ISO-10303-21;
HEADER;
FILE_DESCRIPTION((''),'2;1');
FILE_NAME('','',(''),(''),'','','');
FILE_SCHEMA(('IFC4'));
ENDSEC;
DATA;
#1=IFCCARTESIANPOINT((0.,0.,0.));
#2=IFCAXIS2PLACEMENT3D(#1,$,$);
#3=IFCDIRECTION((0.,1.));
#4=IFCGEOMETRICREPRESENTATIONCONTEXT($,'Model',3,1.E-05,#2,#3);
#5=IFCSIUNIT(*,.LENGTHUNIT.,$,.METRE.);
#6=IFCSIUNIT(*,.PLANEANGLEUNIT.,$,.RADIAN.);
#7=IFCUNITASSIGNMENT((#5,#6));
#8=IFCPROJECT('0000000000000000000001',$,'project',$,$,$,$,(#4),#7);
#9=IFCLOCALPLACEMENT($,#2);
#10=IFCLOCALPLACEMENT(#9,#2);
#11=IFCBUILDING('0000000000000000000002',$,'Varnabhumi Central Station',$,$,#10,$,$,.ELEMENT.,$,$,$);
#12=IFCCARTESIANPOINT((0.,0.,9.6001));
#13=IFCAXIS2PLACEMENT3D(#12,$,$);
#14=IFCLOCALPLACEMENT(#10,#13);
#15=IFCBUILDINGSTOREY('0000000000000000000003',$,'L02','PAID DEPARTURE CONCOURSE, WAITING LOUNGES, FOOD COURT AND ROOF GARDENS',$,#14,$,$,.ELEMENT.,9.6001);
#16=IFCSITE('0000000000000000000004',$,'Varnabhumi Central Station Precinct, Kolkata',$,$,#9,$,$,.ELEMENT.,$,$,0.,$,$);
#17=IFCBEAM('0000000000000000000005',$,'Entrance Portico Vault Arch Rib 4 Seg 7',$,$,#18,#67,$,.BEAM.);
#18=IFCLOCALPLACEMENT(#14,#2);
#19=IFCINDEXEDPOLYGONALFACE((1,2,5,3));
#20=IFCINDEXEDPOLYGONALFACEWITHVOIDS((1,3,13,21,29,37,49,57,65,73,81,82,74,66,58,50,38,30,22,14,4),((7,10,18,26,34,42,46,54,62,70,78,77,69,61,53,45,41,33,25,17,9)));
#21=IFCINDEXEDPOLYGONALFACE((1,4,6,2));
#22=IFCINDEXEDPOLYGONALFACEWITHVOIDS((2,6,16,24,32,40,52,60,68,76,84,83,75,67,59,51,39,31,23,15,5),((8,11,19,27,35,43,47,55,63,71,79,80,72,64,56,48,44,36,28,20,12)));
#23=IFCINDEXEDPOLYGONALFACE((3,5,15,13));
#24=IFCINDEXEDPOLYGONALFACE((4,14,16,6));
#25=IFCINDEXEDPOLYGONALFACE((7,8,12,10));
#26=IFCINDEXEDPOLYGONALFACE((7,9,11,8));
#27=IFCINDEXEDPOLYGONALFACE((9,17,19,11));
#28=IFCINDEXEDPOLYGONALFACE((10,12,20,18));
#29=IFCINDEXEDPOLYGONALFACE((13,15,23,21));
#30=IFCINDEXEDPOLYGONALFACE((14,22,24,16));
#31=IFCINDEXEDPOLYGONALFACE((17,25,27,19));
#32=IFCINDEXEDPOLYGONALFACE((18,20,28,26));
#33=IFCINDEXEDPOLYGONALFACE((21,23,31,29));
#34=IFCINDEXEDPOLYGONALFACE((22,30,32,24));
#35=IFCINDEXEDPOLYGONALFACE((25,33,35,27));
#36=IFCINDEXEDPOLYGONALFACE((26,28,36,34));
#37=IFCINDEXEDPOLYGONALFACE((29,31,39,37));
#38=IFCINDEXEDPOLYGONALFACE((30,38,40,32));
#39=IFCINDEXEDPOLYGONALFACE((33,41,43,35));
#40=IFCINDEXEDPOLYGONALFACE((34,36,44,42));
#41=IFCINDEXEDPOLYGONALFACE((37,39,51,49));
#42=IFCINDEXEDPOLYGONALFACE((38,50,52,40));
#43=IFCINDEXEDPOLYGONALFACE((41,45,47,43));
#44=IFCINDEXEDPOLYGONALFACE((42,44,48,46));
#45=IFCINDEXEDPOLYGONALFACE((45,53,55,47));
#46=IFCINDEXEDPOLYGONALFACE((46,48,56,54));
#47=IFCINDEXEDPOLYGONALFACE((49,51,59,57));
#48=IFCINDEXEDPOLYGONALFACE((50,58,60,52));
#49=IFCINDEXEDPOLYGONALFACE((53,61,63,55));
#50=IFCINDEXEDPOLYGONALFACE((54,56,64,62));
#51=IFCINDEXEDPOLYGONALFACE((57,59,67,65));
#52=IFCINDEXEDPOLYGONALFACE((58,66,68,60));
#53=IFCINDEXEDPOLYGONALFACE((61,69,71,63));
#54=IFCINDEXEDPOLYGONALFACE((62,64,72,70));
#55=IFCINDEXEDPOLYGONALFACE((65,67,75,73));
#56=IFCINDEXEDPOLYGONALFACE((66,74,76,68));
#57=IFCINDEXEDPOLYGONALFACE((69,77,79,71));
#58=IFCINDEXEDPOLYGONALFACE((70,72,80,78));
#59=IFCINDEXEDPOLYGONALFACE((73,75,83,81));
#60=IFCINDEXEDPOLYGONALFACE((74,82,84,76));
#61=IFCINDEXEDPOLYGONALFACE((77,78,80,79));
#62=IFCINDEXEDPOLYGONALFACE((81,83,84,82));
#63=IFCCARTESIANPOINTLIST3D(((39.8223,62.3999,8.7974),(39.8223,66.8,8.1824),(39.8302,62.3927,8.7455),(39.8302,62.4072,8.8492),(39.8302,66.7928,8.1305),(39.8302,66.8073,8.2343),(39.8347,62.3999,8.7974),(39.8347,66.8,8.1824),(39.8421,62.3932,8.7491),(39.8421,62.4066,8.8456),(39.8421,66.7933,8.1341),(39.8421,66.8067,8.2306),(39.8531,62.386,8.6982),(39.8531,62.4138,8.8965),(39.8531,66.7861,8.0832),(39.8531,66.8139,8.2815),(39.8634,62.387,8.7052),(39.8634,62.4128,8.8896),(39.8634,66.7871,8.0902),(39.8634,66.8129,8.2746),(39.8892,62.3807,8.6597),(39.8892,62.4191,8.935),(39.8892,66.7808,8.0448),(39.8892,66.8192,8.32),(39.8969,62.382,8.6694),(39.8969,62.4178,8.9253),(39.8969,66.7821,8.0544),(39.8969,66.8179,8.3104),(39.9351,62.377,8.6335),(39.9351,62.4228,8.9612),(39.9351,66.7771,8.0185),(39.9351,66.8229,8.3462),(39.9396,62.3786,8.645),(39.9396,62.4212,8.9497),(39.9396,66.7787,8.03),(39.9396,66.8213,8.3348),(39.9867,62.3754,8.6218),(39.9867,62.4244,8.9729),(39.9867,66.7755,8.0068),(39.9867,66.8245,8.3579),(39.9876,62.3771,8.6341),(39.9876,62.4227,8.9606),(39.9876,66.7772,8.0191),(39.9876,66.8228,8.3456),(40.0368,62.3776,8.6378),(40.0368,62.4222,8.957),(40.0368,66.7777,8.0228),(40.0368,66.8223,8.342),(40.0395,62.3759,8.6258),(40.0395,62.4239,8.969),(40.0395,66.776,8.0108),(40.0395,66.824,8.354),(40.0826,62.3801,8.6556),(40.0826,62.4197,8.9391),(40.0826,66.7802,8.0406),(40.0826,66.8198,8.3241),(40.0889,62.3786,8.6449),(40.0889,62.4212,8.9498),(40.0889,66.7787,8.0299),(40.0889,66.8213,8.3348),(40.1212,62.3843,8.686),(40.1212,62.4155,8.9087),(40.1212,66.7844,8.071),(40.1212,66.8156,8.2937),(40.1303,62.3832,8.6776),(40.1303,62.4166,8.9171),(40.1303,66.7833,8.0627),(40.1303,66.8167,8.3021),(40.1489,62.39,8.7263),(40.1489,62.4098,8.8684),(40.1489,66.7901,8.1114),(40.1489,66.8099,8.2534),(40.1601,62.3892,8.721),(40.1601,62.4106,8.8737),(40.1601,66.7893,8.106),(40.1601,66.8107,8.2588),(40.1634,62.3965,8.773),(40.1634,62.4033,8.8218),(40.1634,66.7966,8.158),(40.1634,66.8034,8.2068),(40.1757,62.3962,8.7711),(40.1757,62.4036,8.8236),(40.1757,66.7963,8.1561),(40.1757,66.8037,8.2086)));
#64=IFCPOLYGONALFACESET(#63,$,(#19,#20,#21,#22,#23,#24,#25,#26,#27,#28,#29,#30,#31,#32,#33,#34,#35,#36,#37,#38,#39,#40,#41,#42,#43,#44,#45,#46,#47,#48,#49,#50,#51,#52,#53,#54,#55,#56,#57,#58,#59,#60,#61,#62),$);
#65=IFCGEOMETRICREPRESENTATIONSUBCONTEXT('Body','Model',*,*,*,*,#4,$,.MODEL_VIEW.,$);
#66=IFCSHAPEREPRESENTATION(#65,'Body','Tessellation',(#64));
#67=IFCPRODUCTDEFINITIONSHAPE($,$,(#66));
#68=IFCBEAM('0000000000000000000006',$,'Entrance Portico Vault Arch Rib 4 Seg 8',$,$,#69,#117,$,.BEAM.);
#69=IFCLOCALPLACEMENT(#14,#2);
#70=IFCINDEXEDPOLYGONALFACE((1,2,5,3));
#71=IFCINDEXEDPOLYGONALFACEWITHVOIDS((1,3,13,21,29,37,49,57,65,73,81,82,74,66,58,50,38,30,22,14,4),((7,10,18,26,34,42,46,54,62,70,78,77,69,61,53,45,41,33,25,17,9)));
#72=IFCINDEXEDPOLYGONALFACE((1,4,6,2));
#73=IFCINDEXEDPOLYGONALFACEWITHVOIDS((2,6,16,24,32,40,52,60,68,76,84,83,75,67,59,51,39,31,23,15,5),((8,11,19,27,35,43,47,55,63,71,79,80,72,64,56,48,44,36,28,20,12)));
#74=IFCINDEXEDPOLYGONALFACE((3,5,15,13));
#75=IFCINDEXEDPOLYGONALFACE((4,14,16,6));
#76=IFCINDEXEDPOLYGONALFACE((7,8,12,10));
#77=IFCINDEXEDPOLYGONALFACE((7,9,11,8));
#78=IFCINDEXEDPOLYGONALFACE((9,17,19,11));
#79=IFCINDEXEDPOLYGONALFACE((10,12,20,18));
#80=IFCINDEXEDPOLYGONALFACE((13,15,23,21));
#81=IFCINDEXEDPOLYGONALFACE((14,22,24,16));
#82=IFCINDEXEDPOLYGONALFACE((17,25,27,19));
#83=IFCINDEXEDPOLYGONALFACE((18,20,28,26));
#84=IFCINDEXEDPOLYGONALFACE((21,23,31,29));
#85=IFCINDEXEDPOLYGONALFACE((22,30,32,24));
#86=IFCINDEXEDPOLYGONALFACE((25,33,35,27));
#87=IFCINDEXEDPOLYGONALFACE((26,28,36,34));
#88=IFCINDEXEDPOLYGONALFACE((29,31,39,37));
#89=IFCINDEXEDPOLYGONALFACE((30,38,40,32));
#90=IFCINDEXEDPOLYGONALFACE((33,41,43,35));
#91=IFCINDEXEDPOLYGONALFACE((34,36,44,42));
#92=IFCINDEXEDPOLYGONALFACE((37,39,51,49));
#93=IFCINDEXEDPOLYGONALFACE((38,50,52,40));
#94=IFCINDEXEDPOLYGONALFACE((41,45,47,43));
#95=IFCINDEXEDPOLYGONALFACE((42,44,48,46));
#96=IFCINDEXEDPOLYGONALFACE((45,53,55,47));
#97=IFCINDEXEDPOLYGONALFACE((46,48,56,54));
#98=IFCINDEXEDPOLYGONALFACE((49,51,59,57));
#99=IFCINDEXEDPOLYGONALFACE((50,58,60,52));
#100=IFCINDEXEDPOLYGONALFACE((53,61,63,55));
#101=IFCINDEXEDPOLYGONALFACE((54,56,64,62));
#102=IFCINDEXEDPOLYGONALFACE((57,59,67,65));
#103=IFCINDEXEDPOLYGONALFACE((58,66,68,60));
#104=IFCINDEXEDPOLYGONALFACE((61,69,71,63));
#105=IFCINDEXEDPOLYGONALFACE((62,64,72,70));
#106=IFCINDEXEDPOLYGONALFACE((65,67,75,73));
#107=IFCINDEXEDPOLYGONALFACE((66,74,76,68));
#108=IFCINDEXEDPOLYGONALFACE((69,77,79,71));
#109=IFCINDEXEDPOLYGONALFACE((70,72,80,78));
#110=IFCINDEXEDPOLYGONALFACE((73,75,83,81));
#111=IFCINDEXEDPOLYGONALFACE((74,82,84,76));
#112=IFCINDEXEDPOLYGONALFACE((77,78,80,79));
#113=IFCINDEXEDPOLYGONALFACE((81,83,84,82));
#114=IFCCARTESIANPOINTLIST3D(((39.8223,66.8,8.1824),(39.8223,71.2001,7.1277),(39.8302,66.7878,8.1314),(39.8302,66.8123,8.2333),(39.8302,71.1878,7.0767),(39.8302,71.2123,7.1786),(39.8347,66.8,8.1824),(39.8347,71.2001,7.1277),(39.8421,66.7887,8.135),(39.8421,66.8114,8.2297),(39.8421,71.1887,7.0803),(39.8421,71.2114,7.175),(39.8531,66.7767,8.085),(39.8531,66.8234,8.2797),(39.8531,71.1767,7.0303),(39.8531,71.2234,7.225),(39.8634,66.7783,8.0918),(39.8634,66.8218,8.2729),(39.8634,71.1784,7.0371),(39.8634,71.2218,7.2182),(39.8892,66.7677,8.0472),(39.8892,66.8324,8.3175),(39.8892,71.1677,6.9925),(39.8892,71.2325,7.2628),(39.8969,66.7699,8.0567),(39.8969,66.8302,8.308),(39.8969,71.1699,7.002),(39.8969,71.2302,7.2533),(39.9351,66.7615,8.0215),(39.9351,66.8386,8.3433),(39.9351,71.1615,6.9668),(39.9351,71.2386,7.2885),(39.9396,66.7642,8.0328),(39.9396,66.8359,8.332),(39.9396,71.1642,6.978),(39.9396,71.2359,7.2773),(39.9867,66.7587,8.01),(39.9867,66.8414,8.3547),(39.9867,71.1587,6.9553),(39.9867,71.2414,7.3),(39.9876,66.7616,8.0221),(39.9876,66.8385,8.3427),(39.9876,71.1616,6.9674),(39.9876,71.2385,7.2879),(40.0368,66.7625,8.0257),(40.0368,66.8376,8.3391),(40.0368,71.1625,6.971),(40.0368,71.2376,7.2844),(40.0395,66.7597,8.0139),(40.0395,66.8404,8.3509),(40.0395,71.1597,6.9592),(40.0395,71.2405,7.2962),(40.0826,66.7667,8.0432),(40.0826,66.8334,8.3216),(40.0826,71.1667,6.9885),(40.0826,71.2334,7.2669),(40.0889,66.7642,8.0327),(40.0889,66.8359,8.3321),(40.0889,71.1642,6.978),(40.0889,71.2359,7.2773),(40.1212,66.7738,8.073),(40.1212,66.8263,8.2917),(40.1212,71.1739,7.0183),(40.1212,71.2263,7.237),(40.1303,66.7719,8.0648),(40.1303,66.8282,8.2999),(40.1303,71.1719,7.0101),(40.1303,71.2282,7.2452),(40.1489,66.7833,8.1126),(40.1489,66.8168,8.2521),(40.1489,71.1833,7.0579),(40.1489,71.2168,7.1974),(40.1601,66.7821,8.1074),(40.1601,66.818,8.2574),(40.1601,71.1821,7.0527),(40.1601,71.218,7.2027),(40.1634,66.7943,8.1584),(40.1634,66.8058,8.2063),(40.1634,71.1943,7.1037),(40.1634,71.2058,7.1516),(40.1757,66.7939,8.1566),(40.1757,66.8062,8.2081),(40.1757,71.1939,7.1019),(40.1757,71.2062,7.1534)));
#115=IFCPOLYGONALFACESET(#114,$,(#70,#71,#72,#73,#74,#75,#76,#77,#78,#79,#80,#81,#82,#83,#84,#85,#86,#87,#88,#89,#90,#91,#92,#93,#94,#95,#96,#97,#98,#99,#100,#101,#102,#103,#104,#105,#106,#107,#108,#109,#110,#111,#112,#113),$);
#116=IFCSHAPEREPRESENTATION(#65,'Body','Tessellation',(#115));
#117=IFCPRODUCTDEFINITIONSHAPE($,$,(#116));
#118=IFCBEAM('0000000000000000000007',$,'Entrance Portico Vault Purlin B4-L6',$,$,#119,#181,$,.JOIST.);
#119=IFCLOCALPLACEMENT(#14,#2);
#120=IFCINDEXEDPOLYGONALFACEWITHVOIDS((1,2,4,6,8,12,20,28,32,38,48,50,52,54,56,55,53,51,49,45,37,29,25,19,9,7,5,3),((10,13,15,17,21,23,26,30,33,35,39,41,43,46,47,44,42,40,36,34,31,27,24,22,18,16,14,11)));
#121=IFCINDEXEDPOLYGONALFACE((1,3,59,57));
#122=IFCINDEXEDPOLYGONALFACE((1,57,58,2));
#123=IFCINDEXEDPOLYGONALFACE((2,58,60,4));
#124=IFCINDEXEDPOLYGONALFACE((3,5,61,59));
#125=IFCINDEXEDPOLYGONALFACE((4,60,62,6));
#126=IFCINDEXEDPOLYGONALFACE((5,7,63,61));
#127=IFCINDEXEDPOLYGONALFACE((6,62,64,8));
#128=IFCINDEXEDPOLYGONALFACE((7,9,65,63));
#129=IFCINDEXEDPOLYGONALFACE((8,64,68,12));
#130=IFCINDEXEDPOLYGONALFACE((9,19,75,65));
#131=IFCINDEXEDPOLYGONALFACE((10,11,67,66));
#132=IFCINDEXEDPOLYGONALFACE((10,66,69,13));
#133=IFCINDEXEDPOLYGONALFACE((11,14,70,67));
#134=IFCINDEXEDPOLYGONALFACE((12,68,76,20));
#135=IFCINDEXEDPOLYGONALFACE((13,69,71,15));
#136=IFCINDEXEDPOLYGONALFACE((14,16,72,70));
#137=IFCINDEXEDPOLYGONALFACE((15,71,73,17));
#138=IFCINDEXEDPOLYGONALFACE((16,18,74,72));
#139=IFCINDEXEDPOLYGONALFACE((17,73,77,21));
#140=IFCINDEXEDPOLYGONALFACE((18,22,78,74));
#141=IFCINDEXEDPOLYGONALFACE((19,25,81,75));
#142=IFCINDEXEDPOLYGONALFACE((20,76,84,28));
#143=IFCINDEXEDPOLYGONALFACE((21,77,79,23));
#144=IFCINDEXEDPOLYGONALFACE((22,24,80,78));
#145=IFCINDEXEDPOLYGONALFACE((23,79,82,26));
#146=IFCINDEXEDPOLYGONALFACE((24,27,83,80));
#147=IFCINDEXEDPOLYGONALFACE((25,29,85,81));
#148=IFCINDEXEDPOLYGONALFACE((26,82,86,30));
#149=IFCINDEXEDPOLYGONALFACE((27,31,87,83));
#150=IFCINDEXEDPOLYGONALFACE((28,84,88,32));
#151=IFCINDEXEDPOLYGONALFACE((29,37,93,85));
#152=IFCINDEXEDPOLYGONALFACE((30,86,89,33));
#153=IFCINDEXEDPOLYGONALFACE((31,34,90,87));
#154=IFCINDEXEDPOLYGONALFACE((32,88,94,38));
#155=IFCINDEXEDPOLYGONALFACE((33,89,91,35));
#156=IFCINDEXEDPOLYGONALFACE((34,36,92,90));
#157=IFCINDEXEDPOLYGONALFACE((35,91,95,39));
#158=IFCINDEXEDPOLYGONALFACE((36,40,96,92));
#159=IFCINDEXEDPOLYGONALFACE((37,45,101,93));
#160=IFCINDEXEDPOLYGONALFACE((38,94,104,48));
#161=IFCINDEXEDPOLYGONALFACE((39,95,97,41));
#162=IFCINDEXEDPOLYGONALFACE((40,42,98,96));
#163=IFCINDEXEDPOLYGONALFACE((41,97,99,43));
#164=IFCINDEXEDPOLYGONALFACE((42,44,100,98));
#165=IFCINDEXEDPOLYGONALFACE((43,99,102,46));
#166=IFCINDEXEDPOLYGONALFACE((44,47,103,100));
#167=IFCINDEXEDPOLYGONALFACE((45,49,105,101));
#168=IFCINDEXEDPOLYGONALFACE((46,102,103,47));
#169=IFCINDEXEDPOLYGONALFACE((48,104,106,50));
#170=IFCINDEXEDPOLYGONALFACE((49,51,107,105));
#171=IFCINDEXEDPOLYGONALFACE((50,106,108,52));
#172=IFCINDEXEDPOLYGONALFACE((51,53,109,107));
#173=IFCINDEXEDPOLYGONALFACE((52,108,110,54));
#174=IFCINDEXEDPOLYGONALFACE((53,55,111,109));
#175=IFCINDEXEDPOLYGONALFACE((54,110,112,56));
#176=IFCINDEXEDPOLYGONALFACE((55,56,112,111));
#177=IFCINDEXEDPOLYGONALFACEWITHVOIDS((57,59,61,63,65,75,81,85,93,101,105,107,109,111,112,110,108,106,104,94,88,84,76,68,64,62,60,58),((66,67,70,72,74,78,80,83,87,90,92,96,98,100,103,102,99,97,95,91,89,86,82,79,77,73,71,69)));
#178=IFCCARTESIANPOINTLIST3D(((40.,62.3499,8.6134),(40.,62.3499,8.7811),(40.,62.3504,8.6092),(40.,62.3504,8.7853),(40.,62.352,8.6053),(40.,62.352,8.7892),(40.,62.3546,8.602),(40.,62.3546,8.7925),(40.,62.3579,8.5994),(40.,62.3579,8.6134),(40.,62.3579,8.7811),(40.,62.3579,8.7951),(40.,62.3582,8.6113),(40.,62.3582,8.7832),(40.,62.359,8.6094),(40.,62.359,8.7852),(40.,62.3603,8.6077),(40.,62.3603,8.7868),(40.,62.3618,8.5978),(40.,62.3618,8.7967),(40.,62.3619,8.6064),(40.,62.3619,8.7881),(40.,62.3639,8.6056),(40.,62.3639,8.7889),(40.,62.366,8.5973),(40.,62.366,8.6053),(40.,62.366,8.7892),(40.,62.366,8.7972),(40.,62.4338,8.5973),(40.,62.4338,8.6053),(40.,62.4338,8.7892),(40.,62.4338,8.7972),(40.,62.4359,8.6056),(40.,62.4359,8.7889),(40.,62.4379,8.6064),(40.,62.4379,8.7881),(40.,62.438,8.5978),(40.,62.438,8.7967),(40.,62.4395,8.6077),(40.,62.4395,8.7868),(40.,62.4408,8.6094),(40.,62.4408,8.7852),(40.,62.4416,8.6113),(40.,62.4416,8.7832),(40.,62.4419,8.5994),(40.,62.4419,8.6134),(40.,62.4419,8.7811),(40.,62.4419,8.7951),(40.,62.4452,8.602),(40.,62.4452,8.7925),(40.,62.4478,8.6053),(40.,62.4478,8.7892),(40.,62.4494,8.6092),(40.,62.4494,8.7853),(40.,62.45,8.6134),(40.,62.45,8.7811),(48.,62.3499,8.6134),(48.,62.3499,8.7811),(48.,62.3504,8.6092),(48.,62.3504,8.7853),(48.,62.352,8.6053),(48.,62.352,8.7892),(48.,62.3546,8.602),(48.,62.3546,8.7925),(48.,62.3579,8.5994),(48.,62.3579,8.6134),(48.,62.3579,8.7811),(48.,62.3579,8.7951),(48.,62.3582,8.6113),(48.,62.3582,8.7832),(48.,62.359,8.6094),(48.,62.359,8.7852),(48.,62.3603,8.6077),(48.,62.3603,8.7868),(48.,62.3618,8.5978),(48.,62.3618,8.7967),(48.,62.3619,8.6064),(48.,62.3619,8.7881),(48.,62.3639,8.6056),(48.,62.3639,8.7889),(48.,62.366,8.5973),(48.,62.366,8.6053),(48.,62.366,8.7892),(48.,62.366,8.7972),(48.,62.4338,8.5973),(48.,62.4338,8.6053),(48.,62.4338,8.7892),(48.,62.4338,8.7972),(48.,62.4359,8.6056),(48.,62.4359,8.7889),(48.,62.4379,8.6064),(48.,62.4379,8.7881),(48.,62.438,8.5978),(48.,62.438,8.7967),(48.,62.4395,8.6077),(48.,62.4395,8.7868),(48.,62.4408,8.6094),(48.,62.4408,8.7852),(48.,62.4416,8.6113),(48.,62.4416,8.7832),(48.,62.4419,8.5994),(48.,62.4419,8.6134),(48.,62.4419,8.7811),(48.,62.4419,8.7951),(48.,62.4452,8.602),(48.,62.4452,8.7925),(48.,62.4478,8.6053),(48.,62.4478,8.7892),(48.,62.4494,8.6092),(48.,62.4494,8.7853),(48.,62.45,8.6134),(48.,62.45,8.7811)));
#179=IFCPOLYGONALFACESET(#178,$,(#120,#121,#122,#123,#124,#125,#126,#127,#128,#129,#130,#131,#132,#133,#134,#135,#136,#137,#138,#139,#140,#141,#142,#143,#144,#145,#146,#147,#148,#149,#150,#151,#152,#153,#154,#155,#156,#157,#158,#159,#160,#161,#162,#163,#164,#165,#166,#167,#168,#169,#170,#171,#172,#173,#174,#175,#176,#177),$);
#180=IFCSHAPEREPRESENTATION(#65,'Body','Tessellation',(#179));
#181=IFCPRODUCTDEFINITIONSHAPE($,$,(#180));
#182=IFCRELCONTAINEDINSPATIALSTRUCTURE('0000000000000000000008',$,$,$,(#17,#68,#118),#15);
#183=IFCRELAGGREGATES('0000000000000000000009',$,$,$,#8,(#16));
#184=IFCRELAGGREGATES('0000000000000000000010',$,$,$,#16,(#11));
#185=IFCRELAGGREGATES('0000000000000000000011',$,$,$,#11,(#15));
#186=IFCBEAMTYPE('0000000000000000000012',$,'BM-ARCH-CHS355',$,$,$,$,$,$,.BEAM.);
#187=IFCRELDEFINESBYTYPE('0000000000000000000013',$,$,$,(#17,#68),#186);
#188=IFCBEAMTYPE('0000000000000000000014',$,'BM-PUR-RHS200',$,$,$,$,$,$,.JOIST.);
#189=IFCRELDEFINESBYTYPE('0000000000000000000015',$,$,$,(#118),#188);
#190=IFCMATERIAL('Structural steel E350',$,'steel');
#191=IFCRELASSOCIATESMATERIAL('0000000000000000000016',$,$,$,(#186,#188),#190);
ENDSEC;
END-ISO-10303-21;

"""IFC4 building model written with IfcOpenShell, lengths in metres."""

from ifc_helpers import new_model, si_unit, direction, frame, origin, origin_2d, place, context, subcontext, project, spatial, hollow_rectangle, hollow_circle, extrude, material, material_profile, profile_set, type_object, element, save


model = new_model("IFC4")

# Units and contexts
model_context = context("Model", 3, precision=1e-05, world=origin(), true_north=direction((0.0, 1.0)))
body_context = subcontext(model_context, "Body", "Model", "MODEL_VIEW")
ifc_project = project(units=[si_unit("LENGTHUNIT", "METRE"), si_unit("PLANEANGLEUNIT", "RADIAN")], contexts=[model_context])

# Site, building, storey
site_placement = place(None, origin())
site = spatial("IfcSite", under=ifc_project, at=site_placement, Name="Varnabhumi Central Station Precinct, Kolkata", CompositionType="ELEMENT", RefElevation=0.0)
building_placement = place(site_placement, origin())
building = spatial("IfcBuilding", under=site, at=building_placement, Name="Varnabhumi Central Station", CompositionType="ELEMENT")
storey_placement = place(building_placement, frame((0.0, 0.0, 9.6001)))
storey = spatial("IfcBuildingStorey", under=building, at=storey_placement, Name="L02", Description="PAID DEPARTURE CONCOURSE, WAITING LOUNGES, FOOD COURT AND ROOF GARDENS", CompositionType="ELEMENT", Elevation=9.6001)

# Beams
ifc_material_1 = material(Name="Structural steel E350", Category="steel")
ifc_material_profile_1 = material_profile(ifc_material_1, hollow_circle(Radius=0.1777, WallThickness=0.0125, at=origin_2d()), Name="Structural steel E350", Category="steel")
ifc_profile_set_1 = profile_set([ifc_material_profile_1], Name="Structural steel E350")
beam_type_1 = type_object("IfcBeamType", Name="BM-ARCH-CHS355", PredefinedType="BEAM", material=ifc_profile_set_1)
beam_1_placement = place(storey_placement, frame((40.0, 62.3999, 8.7974), z_axis=(0.0, 0.990374, -0.13842), x_axis=(-1.0, 0.0, 0.0)))
element("IfcBeam", 1, at=beam_1_placement, inside=storey, type_object=beam_type_1, Name="Entrance Portico Vault Arch Rib 4 Seg 7", PredefinedType="BEAM", context=body_context, shape_type="SweptSolid", body=[
    extrude(hollow_circle(Radius=0.1777, WallThickness=0.0125, at=origin_2d()), origin(), (0.0, 0.0, 1.0), 4.4429),
])
beam_2_placement = place(storey_placement, frame((40.0, 66.8, 8.1824), z_axis=(0.0, 0.972452, -0.233104), x_axis=(-1.0, 0.0, 0.0)))
element("IfcBeam", 2, at=beam_2_placement, inside=storey, type_object=beam_type_1, Name="Entrance Portico Vault Arch Rib 4 Seg 8", PredefinedType="BEAM", context=body_context, shape_type="SweptSolid", body=[
    extrude(hollow_circle(Radius=0.1777, WallThickness=0.0125, at=origin_2d()), origin(), (0.0, 0.0, 1.0), 4.5247),
])
ifc_material_profile_2 = material_profile(ifc_material_1, hollow_rectangle(XDim=0.1001, YDim=0.2, WallThickness=0.0081, InnerFilletRadius=0.0081, OuterFilletRadius=0.0161, at=origin_2d()), Name="Structural steel E350", Category="steel")
ifc_profile_set_2 = profile_set([ifc_material_profile_2], Name="Structural steel E350")
beam_type_2 = type_object("IfcBeamType", Name="BM-PUR-RHS200", PredefinedType="JOIST", material=ifc_profile_set_2)
for number, where, z_axis, x_axis, name in (
    (3, (40.0, 62.3999, 8.6973), (1.0, 0.0, 0.0), (0.0, 1.0, 0.0), "Entrance Portico Vault Purlin B4-L6"),
):
    element("IfcBeam", number, at=place(storey_placement, frame(where, z_axis=z_axis, x_axis=x_axis)), inside=storey, type_object=beam_type_2, Name=name, PredefinedType="JOIST", context=body_context, shape_type="SweptSolid", body=[
        extrude(hollow_rectangle(XDim=0.1001, YDim=0.2, WallThickness=0.0081, InnerFilletRadius=0.0081, OuterFilletRadius=0.0161, at=origin_2d()), origin(), (0.0, 0.0, 1.0), 8.0),
    ])

save(model, "model.ifc")
